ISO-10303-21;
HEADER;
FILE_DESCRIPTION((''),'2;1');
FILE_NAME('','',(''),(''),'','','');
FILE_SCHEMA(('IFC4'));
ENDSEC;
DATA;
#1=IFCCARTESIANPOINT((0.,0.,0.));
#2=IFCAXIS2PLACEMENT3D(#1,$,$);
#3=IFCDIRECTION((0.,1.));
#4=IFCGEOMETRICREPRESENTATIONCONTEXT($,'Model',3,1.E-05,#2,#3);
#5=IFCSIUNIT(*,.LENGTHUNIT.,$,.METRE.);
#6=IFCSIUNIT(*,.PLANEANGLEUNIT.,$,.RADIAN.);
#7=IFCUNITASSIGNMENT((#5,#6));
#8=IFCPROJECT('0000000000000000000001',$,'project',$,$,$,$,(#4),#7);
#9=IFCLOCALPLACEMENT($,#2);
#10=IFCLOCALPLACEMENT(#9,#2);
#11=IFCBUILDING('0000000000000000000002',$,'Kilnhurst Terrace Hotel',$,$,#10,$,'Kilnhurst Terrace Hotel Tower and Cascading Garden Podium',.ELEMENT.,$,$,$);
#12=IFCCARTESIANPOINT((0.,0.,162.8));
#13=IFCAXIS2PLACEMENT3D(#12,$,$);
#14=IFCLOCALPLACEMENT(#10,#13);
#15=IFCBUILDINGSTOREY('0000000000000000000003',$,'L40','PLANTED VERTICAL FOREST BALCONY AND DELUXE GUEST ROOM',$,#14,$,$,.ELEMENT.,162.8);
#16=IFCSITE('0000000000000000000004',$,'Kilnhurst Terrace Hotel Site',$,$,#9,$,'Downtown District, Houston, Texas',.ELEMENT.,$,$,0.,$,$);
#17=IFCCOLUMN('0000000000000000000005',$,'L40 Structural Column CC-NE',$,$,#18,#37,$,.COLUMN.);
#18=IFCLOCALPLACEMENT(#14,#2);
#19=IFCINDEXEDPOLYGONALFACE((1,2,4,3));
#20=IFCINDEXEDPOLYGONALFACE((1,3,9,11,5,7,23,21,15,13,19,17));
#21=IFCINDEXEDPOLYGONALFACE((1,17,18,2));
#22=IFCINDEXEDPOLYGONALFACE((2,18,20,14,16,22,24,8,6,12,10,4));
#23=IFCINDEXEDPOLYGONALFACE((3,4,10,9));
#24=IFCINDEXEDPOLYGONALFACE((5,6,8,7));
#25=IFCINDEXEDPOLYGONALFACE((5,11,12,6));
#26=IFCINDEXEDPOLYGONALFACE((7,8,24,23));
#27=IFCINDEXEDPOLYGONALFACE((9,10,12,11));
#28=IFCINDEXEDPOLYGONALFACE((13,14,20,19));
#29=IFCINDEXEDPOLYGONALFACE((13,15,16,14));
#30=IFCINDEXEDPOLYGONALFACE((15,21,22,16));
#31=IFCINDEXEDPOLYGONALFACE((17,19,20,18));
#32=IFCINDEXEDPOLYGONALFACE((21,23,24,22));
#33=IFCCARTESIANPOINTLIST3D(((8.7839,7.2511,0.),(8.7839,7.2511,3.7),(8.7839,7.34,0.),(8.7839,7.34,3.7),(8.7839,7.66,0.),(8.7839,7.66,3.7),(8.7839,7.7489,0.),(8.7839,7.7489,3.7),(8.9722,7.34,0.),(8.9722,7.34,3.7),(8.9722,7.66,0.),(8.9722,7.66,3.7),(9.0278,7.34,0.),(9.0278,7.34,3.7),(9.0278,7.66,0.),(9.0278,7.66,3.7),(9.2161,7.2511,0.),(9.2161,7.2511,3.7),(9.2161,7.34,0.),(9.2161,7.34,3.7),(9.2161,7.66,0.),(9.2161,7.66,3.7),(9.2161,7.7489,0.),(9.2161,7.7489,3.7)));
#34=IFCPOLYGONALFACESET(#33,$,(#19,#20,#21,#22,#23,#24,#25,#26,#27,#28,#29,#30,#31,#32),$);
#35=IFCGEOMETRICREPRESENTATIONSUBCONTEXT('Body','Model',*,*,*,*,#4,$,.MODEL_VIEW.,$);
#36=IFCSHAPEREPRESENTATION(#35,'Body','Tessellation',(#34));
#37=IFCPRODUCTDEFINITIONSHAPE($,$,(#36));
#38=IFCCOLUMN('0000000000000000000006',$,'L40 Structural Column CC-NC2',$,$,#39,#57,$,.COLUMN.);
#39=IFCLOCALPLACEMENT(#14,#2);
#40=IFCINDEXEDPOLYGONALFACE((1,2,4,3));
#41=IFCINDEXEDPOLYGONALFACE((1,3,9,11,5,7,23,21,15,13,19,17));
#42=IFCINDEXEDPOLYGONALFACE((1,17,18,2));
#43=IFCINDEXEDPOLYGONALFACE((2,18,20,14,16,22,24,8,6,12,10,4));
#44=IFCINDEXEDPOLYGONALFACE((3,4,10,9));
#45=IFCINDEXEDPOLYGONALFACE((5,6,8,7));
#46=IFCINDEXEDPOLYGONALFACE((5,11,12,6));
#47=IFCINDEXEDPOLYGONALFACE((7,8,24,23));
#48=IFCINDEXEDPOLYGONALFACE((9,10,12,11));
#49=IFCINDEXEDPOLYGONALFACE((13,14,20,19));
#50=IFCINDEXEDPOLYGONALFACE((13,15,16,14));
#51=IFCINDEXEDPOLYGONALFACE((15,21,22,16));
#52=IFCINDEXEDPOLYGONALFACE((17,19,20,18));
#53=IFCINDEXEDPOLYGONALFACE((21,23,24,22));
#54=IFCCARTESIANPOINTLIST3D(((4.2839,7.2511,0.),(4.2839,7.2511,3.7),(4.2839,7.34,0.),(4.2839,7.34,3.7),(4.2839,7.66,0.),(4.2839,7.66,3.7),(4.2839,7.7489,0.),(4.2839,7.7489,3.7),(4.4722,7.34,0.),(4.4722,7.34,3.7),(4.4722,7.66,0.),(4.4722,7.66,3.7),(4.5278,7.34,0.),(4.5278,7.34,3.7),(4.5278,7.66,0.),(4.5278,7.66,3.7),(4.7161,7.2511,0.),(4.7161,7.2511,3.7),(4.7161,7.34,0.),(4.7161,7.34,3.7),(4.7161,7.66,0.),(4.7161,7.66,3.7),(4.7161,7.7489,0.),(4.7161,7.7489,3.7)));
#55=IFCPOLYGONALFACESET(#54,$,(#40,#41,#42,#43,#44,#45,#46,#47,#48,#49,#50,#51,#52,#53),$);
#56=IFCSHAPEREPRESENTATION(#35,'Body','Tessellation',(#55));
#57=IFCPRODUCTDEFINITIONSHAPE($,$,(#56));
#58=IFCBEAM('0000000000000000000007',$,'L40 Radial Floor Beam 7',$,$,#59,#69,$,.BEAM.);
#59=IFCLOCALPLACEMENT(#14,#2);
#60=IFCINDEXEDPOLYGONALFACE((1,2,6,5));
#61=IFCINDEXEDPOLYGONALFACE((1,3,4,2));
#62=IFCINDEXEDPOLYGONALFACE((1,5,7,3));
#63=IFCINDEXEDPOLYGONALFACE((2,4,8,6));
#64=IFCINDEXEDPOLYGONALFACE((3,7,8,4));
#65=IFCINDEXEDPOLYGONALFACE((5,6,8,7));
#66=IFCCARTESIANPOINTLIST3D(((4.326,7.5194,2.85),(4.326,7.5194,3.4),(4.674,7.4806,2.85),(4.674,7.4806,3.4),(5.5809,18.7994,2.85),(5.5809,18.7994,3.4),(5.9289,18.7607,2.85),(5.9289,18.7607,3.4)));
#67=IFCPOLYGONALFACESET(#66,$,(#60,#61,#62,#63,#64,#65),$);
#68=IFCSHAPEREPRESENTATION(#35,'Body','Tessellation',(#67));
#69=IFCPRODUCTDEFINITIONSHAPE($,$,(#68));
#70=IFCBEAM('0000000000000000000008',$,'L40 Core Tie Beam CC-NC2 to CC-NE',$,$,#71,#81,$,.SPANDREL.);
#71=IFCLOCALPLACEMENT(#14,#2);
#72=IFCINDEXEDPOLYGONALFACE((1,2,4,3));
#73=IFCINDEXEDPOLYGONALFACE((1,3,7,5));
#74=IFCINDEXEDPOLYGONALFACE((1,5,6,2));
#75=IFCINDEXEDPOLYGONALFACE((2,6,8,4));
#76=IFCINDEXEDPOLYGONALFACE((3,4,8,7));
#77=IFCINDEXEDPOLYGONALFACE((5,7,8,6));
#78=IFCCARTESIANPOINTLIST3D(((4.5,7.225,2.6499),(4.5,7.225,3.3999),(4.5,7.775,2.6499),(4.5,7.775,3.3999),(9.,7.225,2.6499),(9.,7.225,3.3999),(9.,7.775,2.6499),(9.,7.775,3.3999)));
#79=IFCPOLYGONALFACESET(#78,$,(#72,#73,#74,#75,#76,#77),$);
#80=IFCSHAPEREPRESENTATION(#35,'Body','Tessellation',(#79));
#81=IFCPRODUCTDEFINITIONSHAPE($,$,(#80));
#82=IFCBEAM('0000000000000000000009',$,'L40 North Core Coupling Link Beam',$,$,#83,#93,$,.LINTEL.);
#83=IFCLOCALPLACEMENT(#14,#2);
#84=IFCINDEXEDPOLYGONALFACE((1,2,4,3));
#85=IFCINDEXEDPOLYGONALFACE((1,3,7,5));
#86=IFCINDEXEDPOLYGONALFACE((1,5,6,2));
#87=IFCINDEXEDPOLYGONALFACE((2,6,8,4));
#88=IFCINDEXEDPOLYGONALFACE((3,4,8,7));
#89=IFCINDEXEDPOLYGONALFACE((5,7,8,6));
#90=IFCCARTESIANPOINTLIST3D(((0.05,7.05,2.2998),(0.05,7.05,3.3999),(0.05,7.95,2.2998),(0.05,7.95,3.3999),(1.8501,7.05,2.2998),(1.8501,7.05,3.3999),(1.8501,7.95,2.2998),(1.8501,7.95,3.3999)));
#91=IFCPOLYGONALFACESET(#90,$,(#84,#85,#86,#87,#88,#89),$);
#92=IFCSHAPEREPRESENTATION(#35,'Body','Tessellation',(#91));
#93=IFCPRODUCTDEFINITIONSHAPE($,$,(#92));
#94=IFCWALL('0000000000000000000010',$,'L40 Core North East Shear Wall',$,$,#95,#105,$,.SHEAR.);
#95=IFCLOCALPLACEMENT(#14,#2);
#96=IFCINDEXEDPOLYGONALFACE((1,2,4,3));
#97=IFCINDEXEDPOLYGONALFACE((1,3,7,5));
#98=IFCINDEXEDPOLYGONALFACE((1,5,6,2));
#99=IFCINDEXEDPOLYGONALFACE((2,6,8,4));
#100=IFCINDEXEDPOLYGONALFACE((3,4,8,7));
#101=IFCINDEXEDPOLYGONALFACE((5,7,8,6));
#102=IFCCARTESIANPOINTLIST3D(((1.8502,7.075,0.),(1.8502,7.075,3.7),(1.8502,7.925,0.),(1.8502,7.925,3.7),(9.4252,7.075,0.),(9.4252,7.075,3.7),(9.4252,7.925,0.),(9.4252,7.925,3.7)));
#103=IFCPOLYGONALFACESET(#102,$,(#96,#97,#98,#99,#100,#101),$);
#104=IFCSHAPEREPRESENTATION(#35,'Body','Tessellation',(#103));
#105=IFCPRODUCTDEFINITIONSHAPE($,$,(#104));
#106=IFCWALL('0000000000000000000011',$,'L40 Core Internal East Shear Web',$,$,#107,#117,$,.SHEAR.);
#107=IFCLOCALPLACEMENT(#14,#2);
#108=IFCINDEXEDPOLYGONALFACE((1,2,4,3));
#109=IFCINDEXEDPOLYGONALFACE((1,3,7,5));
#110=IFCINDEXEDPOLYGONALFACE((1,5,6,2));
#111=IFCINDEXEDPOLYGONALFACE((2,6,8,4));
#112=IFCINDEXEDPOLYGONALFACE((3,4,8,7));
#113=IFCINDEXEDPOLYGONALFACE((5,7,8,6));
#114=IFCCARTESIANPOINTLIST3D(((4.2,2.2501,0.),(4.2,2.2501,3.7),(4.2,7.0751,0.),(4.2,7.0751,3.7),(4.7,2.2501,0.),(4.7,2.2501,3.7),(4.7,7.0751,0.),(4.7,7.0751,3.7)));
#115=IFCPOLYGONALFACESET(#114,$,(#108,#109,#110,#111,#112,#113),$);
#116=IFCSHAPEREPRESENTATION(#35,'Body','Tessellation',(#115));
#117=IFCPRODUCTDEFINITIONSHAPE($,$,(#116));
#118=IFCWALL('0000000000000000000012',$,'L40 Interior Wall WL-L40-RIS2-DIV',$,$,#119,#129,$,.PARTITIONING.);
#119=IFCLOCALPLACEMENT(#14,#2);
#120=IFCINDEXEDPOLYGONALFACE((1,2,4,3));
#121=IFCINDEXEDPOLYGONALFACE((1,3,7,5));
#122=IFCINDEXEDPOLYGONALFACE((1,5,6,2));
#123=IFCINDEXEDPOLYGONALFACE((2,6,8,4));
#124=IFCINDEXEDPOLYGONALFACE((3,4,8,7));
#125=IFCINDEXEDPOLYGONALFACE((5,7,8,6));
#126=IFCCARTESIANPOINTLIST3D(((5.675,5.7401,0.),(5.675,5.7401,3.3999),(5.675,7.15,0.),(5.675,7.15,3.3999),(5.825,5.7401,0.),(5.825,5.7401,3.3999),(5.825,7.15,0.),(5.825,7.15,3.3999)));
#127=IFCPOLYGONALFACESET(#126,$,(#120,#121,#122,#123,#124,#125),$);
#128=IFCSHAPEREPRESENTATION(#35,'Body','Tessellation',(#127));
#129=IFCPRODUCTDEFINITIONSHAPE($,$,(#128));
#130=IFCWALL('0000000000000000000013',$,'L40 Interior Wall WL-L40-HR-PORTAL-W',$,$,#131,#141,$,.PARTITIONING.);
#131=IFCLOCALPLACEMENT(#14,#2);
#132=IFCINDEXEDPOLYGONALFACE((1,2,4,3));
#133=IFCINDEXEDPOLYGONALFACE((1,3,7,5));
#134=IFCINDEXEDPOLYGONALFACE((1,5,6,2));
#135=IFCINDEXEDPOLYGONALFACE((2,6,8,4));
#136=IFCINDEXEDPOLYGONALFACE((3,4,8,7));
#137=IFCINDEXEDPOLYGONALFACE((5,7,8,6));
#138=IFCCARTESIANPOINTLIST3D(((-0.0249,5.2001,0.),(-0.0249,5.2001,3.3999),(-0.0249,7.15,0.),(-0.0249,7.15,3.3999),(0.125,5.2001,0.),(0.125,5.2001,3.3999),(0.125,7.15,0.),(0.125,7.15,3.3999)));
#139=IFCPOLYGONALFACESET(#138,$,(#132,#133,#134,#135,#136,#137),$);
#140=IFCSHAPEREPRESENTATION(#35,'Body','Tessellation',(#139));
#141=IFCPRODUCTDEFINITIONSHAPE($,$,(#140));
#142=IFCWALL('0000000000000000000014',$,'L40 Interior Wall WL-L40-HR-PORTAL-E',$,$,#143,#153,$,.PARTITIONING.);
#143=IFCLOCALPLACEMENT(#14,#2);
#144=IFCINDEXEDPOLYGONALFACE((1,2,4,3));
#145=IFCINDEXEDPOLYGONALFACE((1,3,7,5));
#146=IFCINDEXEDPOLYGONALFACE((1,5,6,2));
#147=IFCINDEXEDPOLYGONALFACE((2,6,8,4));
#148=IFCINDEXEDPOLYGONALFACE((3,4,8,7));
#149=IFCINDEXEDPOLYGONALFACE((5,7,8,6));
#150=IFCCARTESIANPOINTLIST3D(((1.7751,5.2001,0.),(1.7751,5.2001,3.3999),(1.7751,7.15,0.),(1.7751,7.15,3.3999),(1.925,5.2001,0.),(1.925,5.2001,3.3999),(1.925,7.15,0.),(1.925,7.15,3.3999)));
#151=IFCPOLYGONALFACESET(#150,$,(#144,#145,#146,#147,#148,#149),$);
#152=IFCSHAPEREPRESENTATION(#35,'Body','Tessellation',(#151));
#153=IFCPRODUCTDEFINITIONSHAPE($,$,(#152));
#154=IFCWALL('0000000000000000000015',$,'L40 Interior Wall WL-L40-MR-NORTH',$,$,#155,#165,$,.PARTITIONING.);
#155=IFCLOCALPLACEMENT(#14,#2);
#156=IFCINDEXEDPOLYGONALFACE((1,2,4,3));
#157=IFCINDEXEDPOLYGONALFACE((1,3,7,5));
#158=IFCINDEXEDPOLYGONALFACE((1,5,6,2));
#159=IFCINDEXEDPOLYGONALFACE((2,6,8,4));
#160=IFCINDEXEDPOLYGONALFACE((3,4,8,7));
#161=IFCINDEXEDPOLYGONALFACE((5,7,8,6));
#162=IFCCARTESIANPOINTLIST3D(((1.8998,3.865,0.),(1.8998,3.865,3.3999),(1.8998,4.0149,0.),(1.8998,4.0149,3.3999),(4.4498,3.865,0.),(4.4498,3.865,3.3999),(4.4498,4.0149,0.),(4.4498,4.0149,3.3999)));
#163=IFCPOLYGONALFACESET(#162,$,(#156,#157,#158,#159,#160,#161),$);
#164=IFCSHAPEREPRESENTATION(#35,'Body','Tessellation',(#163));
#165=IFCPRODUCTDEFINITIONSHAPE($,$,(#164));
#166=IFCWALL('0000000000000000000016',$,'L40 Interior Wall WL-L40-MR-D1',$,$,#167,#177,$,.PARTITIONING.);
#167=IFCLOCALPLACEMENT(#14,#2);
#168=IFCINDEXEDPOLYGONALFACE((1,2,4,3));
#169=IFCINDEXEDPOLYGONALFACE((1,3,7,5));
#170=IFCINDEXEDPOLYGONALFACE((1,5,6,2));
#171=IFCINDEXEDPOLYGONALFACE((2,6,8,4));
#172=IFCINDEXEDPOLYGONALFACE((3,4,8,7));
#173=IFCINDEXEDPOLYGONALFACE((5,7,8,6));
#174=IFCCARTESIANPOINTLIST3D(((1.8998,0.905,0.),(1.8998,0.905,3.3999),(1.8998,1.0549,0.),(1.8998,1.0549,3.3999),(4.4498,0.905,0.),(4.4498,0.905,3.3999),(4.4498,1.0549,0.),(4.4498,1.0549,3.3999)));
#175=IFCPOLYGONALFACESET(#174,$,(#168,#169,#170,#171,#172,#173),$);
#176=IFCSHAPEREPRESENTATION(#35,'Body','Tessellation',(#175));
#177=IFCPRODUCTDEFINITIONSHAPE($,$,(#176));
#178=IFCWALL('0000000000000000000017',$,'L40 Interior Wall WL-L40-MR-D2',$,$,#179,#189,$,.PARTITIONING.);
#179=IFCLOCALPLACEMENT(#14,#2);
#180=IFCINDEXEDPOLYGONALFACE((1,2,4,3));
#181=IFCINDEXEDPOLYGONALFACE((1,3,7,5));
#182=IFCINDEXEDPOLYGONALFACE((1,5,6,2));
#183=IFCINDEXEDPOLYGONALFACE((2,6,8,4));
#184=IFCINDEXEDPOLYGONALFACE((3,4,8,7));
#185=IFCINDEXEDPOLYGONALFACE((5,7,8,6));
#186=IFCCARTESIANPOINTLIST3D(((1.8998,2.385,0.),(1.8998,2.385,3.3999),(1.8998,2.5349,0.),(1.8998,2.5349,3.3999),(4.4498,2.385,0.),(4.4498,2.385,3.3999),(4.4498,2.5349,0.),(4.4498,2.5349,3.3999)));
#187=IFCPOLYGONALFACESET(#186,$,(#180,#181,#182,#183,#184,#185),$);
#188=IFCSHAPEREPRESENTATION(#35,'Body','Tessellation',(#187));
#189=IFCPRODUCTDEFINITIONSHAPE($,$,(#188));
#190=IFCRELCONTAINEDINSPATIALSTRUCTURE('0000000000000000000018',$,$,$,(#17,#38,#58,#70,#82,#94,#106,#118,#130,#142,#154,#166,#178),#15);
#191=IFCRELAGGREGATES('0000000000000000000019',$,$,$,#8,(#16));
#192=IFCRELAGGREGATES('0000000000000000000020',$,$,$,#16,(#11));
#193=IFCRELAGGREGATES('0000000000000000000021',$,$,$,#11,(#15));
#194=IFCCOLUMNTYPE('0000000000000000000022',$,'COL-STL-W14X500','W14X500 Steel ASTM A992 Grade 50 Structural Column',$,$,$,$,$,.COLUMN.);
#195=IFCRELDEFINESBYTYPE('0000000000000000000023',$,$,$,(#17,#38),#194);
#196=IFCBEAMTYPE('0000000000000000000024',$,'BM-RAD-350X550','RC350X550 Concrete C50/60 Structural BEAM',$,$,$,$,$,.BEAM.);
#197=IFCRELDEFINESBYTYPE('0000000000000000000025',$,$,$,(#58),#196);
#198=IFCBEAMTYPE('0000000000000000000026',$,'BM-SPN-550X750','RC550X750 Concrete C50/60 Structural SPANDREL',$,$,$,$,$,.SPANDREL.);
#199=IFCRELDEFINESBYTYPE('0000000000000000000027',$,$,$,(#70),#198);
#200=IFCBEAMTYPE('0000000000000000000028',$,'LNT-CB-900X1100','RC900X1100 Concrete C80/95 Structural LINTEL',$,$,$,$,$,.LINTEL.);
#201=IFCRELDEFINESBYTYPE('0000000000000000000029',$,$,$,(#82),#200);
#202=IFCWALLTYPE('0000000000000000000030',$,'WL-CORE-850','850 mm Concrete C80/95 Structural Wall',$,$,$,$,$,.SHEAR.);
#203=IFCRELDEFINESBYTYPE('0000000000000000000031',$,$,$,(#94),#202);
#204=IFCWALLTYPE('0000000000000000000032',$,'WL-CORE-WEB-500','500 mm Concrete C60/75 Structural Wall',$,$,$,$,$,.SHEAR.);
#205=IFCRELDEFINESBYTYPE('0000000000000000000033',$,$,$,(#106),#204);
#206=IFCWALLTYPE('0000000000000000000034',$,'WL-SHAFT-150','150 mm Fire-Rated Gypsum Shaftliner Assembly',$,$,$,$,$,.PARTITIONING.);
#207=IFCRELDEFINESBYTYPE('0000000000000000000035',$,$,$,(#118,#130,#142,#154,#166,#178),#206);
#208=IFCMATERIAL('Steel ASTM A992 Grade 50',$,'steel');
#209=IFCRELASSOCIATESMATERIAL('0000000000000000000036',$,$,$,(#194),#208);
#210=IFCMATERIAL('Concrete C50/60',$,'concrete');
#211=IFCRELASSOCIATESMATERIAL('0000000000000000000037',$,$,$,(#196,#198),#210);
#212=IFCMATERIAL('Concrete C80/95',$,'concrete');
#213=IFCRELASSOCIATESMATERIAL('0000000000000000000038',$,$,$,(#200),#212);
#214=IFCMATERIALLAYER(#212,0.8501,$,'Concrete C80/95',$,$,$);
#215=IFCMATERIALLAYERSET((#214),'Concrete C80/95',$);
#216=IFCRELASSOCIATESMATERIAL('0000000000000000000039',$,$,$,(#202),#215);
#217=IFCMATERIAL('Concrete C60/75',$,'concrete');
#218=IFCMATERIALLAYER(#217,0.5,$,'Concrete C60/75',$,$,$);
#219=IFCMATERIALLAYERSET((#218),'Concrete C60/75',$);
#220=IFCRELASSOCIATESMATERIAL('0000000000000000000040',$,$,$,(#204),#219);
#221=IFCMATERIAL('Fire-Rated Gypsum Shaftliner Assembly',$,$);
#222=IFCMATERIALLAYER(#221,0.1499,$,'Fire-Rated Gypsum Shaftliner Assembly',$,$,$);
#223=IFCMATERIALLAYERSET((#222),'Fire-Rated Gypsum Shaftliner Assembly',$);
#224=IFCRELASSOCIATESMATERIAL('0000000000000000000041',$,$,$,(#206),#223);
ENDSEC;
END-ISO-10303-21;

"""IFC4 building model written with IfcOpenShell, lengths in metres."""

from ifc_helpers import new_model, si_unit, direction, frame, frame_2d, origin, origin_2d, place, context, subcontext, project, spatial, rectangle, i_section, extrude, material, layer, layer_set, material_profile, profile_set, type_object, element, save


model = new_model("IFC4")

# Units and contexts
model_context = context("Model", 3, precision=1e-05, world=origin(), true_north=direction((0.0, 1.0)))
body_context = subcontext(model_context, "Body", "Model", "MODEL_VIEW")
ifc_project = project(units=[si_unit("LENGTHUNIT", "METRE"), si_unit("PLANEANGLEUNIT", "RADIAN")], contexts=[model_context])

# Site, building, storey
site_placement = place(None, origin())
site = spatial("IfcSite", under=ifc_project, at=site_placement, Name="Kilnhurst Terrace Hotel Site", LongName="Downtown District, Houston, Texas", CompositionType="ELEMENT", RefElevation=0.0)
building_placement = place(site_placement, origin())
building = spatial("IfcBuilding", under=site, at=building_placement, Name="Kilnhurst Terrace Hotel", LongName="Kilnhurst Terrace Hotel Tower and Cascading Garden Podium", CompositionType="ELEMENT")
storey_placement = place(building_placement, frame((0.0, 0.0, 162.8)))
storey = spatial("IfcBuildingStorey", under=building, at=storey_placement, Name="L40", Description="PLANTED VERTICAL FOREST BALCONY AND DELUXE GUEST ROOM", CompositionType="ELEMENT", Elevation=162.8)

# Columns
ifc_material_1 = material(Name="Steel ASTM A992 Grade 50", Category="steel")
ifc_material_profile_1 = material_profile(ifc_material_1, i_section(OverallWidth=0.4321, OverallDepth=0.4978, WebThickness=0.0557, FlangeThickness=0.0889, at=origin_2d()), Name="W14X500")
ifc_profile_set_1 = profile_set([ifc_material_profile_1], Name="Steel ASTM A992 Grade 50")
column_type = type_object("IfcColumnType", Name="COL-STL-W14X500", Description="W14X500 Steel ASTM A992 Grade 50 Structural Column", PredefinedType="COLUMN", material=ifc_profile_set_1)
for number, where, z_axis, x_axis, name in (
    (1, (9.0, 7.5, 0.0), (0.0, 0.0, 1.0), (1.0, 0.0, 0.0), "L40 Structural Column CC-NE"),
    (2, (4.5, 7.5, 0.0), (0.0, 0.0, 1.0), (1.0, 0.0, 0.0), "L40 Structural Column CC-NC2"),
):
    element("IfcColumn", number, at=place(storey_placement, frame(where, z_axis=z_axis, x_axis=x_axis)), inside=storey, type_object=column_type, Name=name, PredefinedType="COLUMN", context=body_context, shape_type="SweptSolid", body=[
        extrude(i_section(OverallWidth=0.4321, OverallDepth=0.4978, WebThickness=0.0557, FlangeThickness=0.0889, at=origin_2d()), origin(), (0.0, 0.0, 1.0), 3.7),
    ])

# Beams
ifc_material_2 = material(Name="Concrete C50/60", Category="concrete")
ifc_material_profile_2 = material_profile(ifc_material_2, rectangle(XDim=0.3501, YDim=0.55, at=origin_2d()), Name="RC350X550")
ifc_profile_set_2 = profile_set([ifc_material_profile_2], Name="Concrete C50/60")
beam_type_1 = type_object("IfcBeamType", Name="BM-RAD-350X550", Description="RC350X550 Concrete C50/60 Structural BEAM", PredefinedType="BEAM", material=ifc_profile_set_2)
beam_1_placement = place(storey_placement, frame((4.5, 7.5, 3.125), z_axis=(0.110566, 0.993869, 0.0), x_axis=(-0.993869, 0.110566, 0.0)))
element("IfcBeam", 3, at=beam_1_placement, inside=storey, type_object=beam_type_1, Name="L40 Radial Floor Beam 7", PredefinedType="BEAM", context=body_context, shape_type="SweptSolid", body=[
    extrude(rectangle(XDim=0.3501, YDim=0.55, at=origin_2d()), origin(), (0.0, 0.0, 1.0), 11.3496),
])
ifc_material_profile_3 = material_profile(ifc_material_2, rectangle(XDim=0.55, YDim=0.75, at=origin_2d()), Name="RC550X750")
ifc_profile_set_3 = profile_set([ifc_material_profile_3], Name="Concrete C50/60")
beam_type_2 = type_object("IfcBeamType", Name="BM-SPN-550X750", Description="RC550X750 Concrete C50/60 Structural SPANDREL", PredefinedType="SPANDREL", material=ifc_profile_set_3)
beam_2_placement = place(storey_placement, frame((4.5, 7.5, 3.0249), z_axis=(1.0, 0.0, 0.0), x_axis=(0.0, 1.0, 0.0)))
element("IfcBeam", 4, at=beam_2_placement, inside=storey, type_object=beam_type_2, Name="L40 Core Tie Beam CC-NC2 to CC-NE", PredefinedType="SPANDREL", context=body_context, shape_type="SweptSolid", body=[
    extrude(rectangle(XDim=0.55, YDim=0.75, at=origin_2d()), origin(), (0.0, 0.0, 1.0), 4.5),
])
ifc_material_3 = material(Name="Concrete C80/95", Category="concrete")
ifc_material_profile_4 = material_profile(ifc_material_3, rectangle(XDim=0.8999, YDim=1.1001, at=origin_2d()), Name="RC900X1100")
ifc_profile_set_4 = profile_set([ifc_material_profile_4], Name="Concrete C80/95")
beam_type_3 = type_object("IfcBeamType", Name="LNT-CB-900X1100", Description="RC900X1100 Concrete C80/95 Structural LINTEL", PredefinedType="LINTEL", material=ifc_profile_set_4)
beam_3_placement = place(storey_placement, frame((0.05, 7.5, 2.8499), z_axis=(1.0, 0.0, 0.0), x_axis=(0.0, 1.0, 0.0)))
element("IfcBeam", 5, at=beam_3_placement, inside=storey, type_object=beam_type_3, Name="L40 North Core Coupling Link Beam", PredefinedType="LINTEL", context=body_context, shape_type="SweptSolid", body=[
    extrude(rectangle(XDim=0.8999, YDim=1.1001, at=origin_2d()), origin(), (0.0, 0.0, 1.0), 1.8),
])

# Walls
ifc_layer_1 = layer(ifc_material_3, 0.8501, Name="Concrete C80/95")
ifc_layer_set_1 = layer_set([ifc_layer_1], Name="Concrete C80/95")
wall_type_1 = type_object("IfcWallType", Name="WL-CORE-850", Description="850 mm Concrete C80/95 Structural Wall", PredefinedType="SHEAR", material=ifc_layer_set_1)
wall_1_placement = place(storey_placement, frame((1.8501, 7.5, 0.0), z_axis=(0.0, 0.0, 1.0), x_axis=(1.0, 0.0, 0.0)))
element("IfcWall", 6, at=wall_1_placement, inside=storey, type_object=wall_type_1, Name="L40 Core North East Shear Wall", PredefinedType="SHEAR", context=body_context, shape_type="SweptSolid", body=[
    extrude(rectangle(XDim=7.575, YDim=0.8501, at=frame_2d((3.7876, 0.0))), origin(), (0.0, 0.0, 1.0), 3.7),
])
ifc_material_4 = material(Name="Concrete C60/75", Category="concrete")
ifc_layer_2 = layer(ifc_material_4, 0.5, Name="Concrete C60/75")
ifc_layer_set_2 = layer_set([ifc_layer_2], Name="Concrete C60/75")
wall_type_2 = type_object("IfcWallType", Name="WL-CORE-WEB-500", Description="500 mm Concrete C60/75 Structural Wall", PredefinedType="SHEAR", material=ifc_layer_set_2)
wall_2_placement = place(storey_placement, frame((4.45, 2.25, 0.0), z_axis=(0.0, 0.0, 1.0), x_axis=(0.0, 1.0, 0.0)))
element("IfcWall", 7, at=wall_2_placement, inside=storey, type_object=wall_type_2, Name="L40 Core Internal East Shear Web", PredefinedType="SHEAR", context=body_context, shape_type="SweptSolid", body=[
    extrude(rectangle(XDim=4.825, YDim=0.5, at=frame_2d((2.4126, 0.0))), origin(), (0.0, 0.0, 1.0), 3.7),
])
ifc_material_5 = material(Name="Fire-Rated Gypsum Shaftliner Assembly")
ifc_layer_3 = layer(ifc_material_5, 0.1499, Name="Fire-Rated Gypsum Shaftliner Assembly")
ifc_layer_set_3 = layer_set([ifc_layer_3], Name="Fire-Rated Gypsum Shaftliner Assembly")
wall_type_3 = type_object("IfcWallType", Name="WL-SHAFT-150", Description="150 mm Fire-Rated Gypsum Shaftliner Assembly", PredefinedType="PARTITIONING", material=ifc_layer_set_3)
wall_3_placement = place(storey_placement, frame((5.75, 5.74, 0.0), z_axis=(0.0, 0.0, 1.0), x_axis=(0.0, 1.0, 0.0)))
element("IfcWall", 8, at=wall_3_placement, inside=storey, type_object=wall_type_3, Name="L40 Interior Wall WL-L40-RIS2-DIV", PredefinedType="PARTITIONING", context=body_context, shape_type="SweptSolid", body=[
    extrude(rectangle(XDim=1.4099, YDim=0.1499, at=frame_2d((0.7051, 0.0))), origin(), (0.0, 0.0, 1.0), 3.3999),
])
for number, where, z_axis, x_axis, name in (
    (9, (0.05, 5.2, 0.0), (0.0, 0.0, 1.0), (0.0, 1.0, 0.0), "L40 Interior Wall WL-L40-HR-PORTAL-W"),
    (10, (1.8501, 5.2, 0.0), (0.0, 0.0, 1.0), (0.0, 1.0, 0.0), "L40 Interior Wall WL-L40-HR-PORTAL-E"),
):
    element("IfcWall", number, at=place(storey_placement, frame(where, z_axis=z_axis, x_axis=x_axis)), inside=storey, type_object=wall_type_3, Name=name, PredefinedType="PARTITIONING", context=body_context, shape_type="SweptSolid", body=[
        extrude(rectangle(XDim=1.95, YDim=0.1499, at=frame_2d((0.9751, 0.0))), origin(), (0.0, 0.0, 1.0), 3.3999),
    ])
for number, where, z_axis, x_axis, name in (
    (11, (1.8999, 3.9399, 0.0), (0.0, 0.0, 1.0), (1.0, 0.0, 0.0), "L40 Interior Wall WL-L40-MR-NORTH"),
    (12, (1.8999, 0.98, 0.0), (0.0, 0.0, 1.0), (1.0, 0.0, 0.0), "L40 Interior Wall WL-L40-MR-D1"),
    (13, (1.8999, 2.46, 0.0), (0.0, 0.0, 1.0), (1.0, 0.0, 0.0), "L40 Interior Wall WL-L40-MR-D2"),
):
    element("IfcWall", number, at=place(storey_placement, frame(where, z_axis=z_axis, x_axis=x_axis)), inside=storey, type_object=wall_type_3, Name=name, PredefinedType="PARTITIONING", context=body_context, shape_type="SweptSolid", body=[
        extrude(rectangle(XDim=2.55, YDim=0.1499, at=frame_2d((1.2749, 0.0))), origin(), (0.0, 0.0, 1.0), 3.3999),
    ])

save(model, "model.ifc")
